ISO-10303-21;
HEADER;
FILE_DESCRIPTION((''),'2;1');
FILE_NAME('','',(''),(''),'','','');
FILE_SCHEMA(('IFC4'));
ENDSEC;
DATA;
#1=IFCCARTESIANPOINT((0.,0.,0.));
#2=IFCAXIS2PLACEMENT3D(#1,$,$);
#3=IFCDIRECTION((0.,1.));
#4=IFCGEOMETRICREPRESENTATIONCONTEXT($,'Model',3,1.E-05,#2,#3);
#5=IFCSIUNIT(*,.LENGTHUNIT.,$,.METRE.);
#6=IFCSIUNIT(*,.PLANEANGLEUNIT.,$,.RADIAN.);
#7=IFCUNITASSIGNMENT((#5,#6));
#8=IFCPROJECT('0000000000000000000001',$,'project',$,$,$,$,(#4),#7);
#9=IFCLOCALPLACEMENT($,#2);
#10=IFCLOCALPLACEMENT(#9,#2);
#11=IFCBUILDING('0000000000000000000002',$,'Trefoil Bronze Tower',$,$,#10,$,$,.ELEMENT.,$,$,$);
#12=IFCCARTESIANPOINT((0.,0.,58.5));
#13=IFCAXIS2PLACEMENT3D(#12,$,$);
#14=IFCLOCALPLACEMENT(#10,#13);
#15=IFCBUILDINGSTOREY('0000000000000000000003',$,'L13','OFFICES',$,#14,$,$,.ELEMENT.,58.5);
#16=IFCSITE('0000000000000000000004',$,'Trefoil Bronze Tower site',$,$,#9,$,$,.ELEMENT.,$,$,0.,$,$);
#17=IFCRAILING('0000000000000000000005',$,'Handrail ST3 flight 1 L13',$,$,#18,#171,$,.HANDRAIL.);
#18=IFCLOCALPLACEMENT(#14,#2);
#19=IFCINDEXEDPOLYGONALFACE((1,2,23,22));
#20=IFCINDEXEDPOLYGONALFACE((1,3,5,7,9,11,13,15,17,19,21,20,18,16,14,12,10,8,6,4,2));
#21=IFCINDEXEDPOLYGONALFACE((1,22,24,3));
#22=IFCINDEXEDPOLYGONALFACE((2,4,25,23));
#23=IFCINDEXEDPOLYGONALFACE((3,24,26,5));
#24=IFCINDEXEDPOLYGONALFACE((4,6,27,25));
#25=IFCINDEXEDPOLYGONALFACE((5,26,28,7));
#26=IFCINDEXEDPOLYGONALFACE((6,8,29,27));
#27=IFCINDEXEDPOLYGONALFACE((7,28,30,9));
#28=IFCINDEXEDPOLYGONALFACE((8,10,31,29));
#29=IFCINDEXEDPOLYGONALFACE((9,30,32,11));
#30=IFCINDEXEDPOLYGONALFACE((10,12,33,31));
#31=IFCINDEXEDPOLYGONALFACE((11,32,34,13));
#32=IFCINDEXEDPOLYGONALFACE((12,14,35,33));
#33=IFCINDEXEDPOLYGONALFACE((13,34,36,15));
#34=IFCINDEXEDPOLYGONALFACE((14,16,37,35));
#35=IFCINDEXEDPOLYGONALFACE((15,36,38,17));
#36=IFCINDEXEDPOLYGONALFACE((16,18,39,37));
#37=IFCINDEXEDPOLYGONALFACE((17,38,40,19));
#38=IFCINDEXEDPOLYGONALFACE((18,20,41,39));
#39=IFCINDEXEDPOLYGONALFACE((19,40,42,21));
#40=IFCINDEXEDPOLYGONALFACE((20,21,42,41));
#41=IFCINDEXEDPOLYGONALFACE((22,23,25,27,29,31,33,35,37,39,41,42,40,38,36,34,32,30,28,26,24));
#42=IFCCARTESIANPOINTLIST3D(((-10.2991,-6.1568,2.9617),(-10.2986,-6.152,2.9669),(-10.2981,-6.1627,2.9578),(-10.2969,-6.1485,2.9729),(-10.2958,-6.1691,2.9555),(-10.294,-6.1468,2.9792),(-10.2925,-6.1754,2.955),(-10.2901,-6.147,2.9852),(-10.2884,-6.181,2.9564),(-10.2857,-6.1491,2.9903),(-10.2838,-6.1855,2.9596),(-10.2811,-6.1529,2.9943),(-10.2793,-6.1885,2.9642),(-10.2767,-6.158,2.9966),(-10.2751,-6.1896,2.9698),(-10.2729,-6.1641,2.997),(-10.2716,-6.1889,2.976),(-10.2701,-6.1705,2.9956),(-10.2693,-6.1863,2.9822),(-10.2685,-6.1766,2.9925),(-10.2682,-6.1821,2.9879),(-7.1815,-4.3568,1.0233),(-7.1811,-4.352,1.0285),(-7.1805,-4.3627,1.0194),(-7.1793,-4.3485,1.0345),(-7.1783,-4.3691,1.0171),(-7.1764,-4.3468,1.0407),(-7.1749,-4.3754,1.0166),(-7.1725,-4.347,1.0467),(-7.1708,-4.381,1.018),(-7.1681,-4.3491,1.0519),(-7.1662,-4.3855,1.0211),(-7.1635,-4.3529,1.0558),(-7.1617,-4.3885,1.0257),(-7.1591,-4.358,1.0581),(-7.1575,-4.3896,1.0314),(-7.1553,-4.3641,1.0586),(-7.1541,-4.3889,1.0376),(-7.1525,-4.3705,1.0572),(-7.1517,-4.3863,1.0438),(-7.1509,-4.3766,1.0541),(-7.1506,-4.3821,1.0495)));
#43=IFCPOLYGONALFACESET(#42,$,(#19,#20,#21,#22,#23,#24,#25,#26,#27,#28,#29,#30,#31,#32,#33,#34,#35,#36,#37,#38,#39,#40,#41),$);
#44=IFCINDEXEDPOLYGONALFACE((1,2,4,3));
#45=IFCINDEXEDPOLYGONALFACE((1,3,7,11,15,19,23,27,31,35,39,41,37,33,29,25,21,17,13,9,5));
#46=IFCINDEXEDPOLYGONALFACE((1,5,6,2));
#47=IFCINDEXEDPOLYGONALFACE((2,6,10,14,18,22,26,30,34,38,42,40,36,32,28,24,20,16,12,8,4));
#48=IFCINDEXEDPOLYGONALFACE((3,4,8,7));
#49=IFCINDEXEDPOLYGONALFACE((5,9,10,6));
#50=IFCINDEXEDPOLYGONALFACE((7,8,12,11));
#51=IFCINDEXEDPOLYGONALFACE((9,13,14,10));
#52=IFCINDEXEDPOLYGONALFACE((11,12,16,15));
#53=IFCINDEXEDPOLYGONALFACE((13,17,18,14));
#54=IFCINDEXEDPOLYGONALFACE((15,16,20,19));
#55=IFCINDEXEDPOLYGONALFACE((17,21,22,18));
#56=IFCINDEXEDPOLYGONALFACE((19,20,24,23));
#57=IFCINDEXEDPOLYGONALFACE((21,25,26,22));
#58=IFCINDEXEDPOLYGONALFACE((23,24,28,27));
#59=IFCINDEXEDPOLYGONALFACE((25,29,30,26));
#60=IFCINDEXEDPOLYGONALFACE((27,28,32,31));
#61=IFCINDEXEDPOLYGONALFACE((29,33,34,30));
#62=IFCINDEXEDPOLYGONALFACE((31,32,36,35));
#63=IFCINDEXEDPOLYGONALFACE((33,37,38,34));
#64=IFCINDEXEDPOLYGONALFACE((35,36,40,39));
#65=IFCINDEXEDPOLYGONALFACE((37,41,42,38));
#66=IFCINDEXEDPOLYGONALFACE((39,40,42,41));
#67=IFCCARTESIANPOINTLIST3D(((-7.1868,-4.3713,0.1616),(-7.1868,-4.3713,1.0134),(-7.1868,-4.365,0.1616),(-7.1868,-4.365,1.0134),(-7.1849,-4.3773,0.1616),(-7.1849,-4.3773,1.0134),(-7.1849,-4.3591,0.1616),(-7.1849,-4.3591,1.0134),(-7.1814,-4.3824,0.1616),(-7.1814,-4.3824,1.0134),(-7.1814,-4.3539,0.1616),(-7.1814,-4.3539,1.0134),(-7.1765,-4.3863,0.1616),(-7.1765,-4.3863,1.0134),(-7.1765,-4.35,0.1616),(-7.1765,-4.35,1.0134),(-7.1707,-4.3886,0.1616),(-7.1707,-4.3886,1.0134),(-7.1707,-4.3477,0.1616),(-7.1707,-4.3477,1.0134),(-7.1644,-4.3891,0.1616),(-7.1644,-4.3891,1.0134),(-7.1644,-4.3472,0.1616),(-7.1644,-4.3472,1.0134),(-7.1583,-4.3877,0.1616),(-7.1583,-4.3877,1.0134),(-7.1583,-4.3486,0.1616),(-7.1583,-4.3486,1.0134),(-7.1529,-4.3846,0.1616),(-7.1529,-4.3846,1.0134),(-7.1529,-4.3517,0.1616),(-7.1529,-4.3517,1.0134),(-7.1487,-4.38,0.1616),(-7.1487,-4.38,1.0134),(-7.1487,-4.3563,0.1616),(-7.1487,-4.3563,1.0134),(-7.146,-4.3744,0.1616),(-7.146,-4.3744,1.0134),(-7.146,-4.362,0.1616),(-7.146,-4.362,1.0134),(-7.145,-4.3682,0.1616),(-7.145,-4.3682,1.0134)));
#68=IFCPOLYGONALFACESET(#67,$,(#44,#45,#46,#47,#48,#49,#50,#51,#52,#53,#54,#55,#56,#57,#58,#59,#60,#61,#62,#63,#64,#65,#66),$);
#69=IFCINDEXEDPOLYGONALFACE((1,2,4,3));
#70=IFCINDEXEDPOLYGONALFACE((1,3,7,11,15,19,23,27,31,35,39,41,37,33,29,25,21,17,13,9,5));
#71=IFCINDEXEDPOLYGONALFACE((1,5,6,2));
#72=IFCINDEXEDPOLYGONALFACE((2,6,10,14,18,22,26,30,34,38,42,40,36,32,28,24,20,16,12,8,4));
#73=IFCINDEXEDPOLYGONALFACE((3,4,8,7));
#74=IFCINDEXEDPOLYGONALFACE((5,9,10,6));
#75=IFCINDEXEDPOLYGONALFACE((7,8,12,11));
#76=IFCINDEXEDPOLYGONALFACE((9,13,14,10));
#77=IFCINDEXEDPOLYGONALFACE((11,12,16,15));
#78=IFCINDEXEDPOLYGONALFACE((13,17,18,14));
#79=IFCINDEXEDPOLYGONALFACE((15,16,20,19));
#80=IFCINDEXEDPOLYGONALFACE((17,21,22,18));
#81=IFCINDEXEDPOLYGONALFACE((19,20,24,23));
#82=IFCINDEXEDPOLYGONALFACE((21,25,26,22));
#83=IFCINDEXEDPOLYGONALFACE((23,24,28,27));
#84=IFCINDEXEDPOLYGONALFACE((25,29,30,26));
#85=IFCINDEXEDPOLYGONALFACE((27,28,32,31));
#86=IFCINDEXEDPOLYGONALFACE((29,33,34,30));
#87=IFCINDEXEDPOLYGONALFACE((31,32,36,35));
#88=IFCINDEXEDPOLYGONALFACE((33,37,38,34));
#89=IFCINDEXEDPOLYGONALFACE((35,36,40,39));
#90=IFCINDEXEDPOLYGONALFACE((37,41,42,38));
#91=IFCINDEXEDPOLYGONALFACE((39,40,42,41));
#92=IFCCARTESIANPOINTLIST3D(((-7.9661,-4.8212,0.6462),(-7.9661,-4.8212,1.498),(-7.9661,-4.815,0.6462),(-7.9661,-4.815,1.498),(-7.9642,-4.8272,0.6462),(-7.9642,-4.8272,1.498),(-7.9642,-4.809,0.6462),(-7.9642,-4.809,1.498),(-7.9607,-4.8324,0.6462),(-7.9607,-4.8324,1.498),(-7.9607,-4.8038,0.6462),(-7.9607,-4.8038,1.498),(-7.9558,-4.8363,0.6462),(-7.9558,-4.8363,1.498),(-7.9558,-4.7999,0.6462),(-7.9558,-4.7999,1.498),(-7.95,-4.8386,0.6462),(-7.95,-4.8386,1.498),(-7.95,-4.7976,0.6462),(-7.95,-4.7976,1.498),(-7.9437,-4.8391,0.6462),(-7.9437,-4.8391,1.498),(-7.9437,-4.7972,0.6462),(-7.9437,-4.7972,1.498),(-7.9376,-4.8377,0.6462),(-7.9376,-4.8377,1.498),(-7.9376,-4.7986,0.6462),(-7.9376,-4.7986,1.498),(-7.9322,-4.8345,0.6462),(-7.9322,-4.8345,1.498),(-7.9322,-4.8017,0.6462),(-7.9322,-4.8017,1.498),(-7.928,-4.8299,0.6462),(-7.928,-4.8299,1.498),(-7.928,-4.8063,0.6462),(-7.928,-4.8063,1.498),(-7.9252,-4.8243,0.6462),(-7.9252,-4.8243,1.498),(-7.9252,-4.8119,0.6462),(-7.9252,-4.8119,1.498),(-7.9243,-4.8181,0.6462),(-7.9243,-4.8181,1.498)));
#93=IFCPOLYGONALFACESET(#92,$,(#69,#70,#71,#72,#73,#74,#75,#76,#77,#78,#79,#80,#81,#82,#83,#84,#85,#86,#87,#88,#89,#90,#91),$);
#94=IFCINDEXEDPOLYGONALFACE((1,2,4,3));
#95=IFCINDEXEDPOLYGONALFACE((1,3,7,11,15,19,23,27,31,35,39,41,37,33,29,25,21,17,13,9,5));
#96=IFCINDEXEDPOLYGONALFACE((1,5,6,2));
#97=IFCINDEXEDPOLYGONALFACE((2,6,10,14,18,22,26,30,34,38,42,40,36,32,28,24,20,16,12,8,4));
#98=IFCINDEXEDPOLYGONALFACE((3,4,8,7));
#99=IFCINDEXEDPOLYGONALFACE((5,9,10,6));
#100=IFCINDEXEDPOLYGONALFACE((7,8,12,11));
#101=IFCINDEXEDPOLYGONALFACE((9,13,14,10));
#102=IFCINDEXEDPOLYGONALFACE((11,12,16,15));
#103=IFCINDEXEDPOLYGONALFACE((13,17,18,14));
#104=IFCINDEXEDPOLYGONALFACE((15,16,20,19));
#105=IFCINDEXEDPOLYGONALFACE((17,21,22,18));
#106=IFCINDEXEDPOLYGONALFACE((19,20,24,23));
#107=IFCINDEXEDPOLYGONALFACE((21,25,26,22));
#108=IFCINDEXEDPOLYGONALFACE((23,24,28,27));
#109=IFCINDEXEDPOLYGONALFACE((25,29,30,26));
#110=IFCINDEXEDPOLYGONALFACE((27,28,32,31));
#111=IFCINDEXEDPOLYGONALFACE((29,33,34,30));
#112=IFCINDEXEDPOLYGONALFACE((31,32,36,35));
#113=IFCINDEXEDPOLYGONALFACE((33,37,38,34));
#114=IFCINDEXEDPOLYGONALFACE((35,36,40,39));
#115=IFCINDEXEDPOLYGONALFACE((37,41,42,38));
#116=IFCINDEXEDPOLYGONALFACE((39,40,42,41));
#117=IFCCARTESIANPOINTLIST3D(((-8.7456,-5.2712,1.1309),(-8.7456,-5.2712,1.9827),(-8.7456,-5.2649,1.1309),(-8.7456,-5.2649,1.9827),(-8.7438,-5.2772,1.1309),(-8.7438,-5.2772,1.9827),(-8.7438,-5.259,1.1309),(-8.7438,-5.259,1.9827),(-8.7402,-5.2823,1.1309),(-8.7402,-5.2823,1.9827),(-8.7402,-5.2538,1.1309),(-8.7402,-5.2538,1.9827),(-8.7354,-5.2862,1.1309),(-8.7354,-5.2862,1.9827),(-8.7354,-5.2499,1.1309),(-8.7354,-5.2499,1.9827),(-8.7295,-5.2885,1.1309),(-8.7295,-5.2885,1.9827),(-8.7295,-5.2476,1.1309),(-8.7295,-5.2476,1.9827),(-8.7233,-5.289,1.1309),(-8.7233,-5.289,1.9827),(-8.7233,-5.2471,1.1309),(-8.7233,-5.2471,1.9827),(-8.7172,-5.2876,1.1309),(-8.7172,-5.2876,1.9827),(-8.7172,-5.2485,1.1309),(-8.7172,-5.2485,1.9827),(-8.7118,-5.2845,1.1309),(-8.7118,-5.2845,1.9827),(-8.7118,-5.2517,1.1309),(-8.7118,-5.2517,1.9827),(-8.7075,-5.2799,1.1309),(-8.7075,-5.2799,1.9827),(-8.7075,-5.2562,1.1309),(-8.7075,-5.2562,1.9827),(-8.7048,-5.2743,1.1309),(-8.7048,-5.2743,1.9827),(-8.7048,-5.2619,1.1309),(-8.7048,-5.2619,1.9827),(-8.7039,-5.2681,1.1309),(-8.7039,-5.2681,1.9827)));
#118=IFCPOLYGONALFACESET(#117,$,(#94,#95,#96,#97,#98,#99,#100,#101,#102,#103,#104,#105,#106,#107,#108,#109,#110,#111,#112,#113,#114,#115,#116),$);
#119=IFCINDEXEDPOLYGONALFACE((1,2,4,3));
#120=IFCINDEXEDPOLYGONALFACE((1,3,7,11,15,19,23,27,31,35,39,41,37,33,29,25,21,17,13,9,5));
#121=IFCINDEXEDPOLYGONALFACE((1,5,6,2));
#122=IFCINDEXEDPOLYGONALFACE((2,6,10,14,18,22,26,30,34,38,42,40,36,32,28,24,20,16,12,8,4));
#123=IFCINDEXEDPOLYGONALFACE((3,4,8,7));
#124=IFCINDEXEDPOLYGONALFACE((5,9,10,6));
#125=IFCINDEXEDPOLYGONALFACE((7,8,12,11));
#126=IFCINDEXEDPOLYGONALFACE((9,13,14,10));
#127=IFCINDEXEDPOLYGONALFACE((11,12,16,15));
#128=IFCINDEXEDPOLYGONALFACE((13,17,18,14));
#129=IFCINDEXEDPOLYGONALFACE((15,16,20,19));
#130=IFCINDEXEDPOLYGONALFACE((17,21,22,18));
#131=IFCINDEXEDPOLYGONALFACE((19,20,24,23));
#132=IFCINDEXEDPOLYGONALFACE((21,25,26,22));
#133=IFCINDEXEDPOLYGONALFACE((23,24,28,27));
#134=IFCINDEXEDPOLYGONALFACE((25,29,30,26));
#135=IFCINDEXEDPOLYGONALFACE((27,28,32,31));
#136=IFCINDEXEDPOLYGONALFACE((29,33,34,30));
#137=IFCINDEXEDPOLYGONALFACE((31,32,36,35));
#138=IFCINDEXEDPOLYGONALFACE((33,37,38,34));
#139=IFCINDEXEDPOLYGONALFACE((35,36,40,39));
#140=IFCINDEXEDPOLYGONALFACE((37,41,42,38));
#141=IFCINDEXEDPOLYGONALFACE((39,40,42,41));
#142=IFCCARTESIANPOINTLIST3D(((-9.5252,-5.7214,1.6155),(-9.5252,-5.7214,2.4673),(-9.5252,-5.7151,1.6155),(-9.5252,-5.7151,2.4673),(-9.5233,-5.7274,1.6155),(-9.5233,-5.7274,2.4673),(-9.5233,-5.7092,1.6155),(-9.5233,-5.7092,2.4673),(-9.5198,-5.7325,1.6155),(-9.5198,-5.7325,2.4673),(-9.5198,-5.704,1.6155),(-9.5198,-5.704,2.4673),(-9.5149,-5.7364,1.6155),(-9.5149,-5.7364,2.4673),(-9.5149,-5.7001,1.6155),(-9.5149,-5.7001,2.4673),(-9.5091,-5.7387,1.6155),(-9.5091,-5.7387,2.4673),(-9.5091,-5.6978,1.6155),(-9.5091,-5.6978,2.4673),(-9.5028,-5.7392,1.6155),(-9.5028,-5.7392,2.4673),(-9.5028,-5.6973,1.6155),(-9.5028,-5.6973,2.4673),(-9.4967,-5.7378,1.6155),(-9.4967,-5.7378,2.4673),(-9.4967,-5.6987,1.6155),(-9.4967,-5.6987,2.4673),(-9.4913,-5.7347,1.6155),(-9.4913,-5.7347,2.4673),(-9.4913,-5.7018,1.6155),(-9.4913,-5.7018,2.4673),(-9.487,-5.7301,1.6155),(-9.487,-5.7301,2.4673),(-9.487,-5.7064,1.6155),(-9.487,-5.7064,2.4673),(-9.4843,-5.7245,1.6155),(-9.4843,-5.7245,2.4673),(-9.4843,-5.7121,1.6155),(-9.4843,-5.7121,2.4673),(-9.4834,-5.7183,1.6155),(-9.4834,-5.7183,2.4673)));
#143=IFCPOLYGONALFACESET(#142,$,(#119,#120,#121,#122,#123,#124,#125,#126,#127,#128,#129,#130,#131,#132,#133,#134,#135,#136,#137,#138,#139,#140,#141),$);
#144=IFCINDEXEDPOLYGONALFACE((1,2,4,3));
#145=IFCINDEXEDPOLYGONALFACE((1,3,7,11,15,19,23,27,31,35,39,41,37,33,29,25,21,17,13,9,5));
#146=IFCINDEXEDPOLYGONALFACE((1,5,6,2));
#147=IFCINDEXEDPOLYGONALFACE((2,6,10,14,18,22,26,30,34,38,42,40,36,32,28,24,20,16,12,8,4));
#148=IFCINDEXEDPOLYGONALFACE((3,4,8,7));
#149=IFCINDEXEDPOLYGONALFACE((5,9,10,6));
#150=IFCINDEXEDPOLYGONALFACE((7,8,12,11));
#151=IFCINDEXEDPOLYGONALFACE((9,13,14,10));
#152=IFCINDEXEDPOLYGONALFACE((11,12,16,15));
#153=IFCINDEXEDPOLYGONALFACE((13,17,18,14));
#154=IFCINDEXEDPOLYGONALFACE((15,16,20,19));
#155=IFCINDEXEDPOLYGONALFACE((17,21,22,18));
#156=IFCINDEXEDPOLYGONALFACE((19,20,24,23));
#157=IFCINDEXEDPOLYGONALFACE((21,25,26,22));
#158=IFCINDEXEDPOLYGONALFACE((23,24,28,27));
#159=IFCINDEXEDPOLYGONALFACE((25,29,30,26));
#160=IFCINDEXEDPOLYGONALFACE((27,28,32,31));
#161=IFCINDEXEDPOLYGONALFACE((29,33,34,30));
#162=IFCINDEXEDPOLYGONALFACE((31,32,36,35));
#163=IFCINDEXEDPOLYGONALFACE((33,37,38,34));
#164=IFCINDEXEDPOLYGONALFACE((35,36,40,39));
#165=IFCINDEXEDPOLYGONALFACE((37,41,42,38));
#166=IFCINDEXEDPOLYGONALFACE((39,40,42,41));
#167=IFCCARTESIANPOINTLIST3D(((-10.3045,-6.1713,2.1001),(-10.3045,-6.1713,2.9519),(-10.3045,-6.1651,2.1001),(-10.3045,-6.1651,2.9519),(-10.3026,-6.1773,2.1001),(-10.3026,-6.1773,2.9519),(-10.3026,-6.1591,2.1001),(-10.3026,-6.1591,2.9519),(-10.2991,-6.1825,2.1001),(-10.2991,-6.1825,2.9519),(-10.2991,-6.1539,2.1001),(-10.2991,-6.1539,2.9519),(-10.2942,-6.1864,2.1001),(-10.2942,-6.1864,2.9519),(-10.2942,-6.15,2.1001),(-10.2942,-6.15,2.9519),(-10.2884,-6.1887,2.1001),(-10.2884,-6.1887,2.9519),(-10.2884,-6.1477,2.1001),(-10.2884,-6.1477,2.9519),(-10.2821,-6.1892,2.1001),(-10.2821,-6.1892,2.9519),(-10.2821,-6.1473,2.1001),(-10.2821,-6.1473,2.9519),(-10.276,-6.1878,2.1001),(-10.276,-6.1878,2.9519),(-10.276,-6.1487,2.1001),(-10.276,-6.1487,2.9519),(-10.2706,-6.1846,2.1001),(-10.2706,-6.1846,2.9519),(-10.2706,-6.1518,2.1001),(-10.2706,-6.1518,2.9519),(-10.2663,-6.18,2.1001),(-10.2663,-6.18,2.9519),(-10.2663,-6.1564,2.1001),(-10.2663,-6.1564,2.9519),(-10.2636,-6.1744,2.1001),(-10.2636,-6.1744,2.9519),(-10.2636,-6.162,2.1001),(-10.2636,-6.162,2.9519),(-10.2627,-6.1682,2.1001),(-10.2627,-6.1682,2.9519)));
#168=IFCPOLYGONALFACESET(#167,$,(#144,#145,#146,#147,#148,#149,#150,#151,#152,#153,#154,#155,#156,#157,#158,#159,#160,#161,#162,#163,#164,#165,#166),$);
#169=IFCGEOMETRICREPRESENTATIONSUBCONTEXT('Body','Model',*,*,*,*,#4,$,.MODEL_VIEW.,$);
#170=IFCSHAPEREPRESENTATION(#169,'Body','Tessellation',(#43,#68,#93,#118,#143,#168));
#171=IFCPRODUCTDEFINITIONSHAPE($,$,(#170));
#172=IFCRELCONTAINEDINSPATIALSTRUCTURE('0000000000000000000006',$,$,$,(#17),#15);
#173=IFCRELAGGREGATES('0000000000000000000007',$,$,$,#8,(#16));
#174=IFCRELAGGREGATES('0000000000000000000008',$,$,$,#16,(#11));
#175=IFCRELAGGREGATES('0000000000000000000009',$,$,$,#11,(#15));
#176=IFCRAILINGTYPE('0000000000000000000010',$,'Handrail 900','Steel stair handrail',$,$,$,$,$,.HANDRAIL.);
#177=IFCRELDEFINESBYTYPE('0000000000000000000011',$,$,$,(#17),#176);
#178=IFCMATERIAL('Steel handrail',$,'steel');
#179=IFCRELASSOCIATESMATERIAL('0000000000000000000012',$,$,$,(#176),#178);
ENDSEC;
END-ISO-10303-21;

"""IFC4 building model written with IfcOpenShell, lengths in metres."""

from ifc_helpers import new_model, si_unit, direction, frame, origin, origin_2d, place, context, subcontext, project, spatial, circle, extrude, material, type_object, element, save


model = new_model("IFC4")

# Units and contexts
model_context = context("Model", 3, precision=1e-05, world=origin(), true_north=direction((0.0, 1.0)))
body_context = subcontext(model_context, "Body", "Model", "MODEL_VIEW")
ifc_project = project(units=[si_unit("LENGTHUNIT", "METRE"), si_unit("PLANEANGLEUNIT", "RADIAN")], contexts=[model_context])

# Site, building, storey
site_placement = place(None, origin())
site = spatial("IfcSite", under=ifc_project, at=site_placement, Name="Trefoil Bronze Tower site", CompositionType="ELEMENT", RefElevation=0.0)
building_placement = place(site_placement, origin())
building = spatial("IfcBuilding", under=site, at=building_placement, Name="Trefoil Bronze Tower", CompositionType="ELEMENT")
storey_placement = place(building_placement, frame((0.0, 0.0, 58.5)))
storey = spatial("IfcBuildingStorey", under=building, at=storey_placement, Name="L13", Description="OFFICES", CompositionType="ELEMENT", Elevation=58.5)

# Railing
ifc_material_1 = material(Name="Steel handrail", Category="steel")
railing_type = type_object("IfcRailingType", Name="Handrail 900", Description="Steel stair handrail", PredefinedType="HANDRAIL", material=ifc_material_1)
railing_1_placement = place(storey_placement, frame((-7.166, -4.3682, 0.1616)))
element("IfcRailing", 1, at=railing_1_placement, inside=storey, type_object=railing_type, Name="Handrail ST3 flight 1 L13", PredefinedType="HANDRAIL", context=body_context, shape_type="SweptSolid", body=[
    extrude(circle(Radius=0.0239, at=origin_2d()), frame((0.0, 0.0, 0.876), z_axis=(-0.762503, -0.440246, 0.474102), x_axis=(0.500012, -0.866018, 0.0)), (0.0, 0.0, 1.0), 4.0886),
    extrude(circle(Radius=0.021, at=origin_2d()), origin(), (0.0, 0.0, 1.0), 0.8518),
    extrude(circle(Radius=0.021, at=origin_2d()), frame((-0.7793, -0.45, 0.4846)), (0.0, 0.0, 1.0), 0.8518),
    extrude(circle(Radius=0.021, at=origin_2d()), frame((-1.5588, -0.8999, 0.9692)), (0.0, 0.0, 1.0), 0.8518),
    extrude(circle(Radius=0.021, at=origin_2d()), frame((-2.3384, -1.3501, 1.4539)), (0.0, 0.0, 1.0), 0.8518),
    extrude(circle(Radius=0.021, at=origin_2d()), frame((-3.1177, -1.8, 1.9385)), (0.0, 0.0, 1.0), 0.8518),
])

save(model, "model.ifc")
